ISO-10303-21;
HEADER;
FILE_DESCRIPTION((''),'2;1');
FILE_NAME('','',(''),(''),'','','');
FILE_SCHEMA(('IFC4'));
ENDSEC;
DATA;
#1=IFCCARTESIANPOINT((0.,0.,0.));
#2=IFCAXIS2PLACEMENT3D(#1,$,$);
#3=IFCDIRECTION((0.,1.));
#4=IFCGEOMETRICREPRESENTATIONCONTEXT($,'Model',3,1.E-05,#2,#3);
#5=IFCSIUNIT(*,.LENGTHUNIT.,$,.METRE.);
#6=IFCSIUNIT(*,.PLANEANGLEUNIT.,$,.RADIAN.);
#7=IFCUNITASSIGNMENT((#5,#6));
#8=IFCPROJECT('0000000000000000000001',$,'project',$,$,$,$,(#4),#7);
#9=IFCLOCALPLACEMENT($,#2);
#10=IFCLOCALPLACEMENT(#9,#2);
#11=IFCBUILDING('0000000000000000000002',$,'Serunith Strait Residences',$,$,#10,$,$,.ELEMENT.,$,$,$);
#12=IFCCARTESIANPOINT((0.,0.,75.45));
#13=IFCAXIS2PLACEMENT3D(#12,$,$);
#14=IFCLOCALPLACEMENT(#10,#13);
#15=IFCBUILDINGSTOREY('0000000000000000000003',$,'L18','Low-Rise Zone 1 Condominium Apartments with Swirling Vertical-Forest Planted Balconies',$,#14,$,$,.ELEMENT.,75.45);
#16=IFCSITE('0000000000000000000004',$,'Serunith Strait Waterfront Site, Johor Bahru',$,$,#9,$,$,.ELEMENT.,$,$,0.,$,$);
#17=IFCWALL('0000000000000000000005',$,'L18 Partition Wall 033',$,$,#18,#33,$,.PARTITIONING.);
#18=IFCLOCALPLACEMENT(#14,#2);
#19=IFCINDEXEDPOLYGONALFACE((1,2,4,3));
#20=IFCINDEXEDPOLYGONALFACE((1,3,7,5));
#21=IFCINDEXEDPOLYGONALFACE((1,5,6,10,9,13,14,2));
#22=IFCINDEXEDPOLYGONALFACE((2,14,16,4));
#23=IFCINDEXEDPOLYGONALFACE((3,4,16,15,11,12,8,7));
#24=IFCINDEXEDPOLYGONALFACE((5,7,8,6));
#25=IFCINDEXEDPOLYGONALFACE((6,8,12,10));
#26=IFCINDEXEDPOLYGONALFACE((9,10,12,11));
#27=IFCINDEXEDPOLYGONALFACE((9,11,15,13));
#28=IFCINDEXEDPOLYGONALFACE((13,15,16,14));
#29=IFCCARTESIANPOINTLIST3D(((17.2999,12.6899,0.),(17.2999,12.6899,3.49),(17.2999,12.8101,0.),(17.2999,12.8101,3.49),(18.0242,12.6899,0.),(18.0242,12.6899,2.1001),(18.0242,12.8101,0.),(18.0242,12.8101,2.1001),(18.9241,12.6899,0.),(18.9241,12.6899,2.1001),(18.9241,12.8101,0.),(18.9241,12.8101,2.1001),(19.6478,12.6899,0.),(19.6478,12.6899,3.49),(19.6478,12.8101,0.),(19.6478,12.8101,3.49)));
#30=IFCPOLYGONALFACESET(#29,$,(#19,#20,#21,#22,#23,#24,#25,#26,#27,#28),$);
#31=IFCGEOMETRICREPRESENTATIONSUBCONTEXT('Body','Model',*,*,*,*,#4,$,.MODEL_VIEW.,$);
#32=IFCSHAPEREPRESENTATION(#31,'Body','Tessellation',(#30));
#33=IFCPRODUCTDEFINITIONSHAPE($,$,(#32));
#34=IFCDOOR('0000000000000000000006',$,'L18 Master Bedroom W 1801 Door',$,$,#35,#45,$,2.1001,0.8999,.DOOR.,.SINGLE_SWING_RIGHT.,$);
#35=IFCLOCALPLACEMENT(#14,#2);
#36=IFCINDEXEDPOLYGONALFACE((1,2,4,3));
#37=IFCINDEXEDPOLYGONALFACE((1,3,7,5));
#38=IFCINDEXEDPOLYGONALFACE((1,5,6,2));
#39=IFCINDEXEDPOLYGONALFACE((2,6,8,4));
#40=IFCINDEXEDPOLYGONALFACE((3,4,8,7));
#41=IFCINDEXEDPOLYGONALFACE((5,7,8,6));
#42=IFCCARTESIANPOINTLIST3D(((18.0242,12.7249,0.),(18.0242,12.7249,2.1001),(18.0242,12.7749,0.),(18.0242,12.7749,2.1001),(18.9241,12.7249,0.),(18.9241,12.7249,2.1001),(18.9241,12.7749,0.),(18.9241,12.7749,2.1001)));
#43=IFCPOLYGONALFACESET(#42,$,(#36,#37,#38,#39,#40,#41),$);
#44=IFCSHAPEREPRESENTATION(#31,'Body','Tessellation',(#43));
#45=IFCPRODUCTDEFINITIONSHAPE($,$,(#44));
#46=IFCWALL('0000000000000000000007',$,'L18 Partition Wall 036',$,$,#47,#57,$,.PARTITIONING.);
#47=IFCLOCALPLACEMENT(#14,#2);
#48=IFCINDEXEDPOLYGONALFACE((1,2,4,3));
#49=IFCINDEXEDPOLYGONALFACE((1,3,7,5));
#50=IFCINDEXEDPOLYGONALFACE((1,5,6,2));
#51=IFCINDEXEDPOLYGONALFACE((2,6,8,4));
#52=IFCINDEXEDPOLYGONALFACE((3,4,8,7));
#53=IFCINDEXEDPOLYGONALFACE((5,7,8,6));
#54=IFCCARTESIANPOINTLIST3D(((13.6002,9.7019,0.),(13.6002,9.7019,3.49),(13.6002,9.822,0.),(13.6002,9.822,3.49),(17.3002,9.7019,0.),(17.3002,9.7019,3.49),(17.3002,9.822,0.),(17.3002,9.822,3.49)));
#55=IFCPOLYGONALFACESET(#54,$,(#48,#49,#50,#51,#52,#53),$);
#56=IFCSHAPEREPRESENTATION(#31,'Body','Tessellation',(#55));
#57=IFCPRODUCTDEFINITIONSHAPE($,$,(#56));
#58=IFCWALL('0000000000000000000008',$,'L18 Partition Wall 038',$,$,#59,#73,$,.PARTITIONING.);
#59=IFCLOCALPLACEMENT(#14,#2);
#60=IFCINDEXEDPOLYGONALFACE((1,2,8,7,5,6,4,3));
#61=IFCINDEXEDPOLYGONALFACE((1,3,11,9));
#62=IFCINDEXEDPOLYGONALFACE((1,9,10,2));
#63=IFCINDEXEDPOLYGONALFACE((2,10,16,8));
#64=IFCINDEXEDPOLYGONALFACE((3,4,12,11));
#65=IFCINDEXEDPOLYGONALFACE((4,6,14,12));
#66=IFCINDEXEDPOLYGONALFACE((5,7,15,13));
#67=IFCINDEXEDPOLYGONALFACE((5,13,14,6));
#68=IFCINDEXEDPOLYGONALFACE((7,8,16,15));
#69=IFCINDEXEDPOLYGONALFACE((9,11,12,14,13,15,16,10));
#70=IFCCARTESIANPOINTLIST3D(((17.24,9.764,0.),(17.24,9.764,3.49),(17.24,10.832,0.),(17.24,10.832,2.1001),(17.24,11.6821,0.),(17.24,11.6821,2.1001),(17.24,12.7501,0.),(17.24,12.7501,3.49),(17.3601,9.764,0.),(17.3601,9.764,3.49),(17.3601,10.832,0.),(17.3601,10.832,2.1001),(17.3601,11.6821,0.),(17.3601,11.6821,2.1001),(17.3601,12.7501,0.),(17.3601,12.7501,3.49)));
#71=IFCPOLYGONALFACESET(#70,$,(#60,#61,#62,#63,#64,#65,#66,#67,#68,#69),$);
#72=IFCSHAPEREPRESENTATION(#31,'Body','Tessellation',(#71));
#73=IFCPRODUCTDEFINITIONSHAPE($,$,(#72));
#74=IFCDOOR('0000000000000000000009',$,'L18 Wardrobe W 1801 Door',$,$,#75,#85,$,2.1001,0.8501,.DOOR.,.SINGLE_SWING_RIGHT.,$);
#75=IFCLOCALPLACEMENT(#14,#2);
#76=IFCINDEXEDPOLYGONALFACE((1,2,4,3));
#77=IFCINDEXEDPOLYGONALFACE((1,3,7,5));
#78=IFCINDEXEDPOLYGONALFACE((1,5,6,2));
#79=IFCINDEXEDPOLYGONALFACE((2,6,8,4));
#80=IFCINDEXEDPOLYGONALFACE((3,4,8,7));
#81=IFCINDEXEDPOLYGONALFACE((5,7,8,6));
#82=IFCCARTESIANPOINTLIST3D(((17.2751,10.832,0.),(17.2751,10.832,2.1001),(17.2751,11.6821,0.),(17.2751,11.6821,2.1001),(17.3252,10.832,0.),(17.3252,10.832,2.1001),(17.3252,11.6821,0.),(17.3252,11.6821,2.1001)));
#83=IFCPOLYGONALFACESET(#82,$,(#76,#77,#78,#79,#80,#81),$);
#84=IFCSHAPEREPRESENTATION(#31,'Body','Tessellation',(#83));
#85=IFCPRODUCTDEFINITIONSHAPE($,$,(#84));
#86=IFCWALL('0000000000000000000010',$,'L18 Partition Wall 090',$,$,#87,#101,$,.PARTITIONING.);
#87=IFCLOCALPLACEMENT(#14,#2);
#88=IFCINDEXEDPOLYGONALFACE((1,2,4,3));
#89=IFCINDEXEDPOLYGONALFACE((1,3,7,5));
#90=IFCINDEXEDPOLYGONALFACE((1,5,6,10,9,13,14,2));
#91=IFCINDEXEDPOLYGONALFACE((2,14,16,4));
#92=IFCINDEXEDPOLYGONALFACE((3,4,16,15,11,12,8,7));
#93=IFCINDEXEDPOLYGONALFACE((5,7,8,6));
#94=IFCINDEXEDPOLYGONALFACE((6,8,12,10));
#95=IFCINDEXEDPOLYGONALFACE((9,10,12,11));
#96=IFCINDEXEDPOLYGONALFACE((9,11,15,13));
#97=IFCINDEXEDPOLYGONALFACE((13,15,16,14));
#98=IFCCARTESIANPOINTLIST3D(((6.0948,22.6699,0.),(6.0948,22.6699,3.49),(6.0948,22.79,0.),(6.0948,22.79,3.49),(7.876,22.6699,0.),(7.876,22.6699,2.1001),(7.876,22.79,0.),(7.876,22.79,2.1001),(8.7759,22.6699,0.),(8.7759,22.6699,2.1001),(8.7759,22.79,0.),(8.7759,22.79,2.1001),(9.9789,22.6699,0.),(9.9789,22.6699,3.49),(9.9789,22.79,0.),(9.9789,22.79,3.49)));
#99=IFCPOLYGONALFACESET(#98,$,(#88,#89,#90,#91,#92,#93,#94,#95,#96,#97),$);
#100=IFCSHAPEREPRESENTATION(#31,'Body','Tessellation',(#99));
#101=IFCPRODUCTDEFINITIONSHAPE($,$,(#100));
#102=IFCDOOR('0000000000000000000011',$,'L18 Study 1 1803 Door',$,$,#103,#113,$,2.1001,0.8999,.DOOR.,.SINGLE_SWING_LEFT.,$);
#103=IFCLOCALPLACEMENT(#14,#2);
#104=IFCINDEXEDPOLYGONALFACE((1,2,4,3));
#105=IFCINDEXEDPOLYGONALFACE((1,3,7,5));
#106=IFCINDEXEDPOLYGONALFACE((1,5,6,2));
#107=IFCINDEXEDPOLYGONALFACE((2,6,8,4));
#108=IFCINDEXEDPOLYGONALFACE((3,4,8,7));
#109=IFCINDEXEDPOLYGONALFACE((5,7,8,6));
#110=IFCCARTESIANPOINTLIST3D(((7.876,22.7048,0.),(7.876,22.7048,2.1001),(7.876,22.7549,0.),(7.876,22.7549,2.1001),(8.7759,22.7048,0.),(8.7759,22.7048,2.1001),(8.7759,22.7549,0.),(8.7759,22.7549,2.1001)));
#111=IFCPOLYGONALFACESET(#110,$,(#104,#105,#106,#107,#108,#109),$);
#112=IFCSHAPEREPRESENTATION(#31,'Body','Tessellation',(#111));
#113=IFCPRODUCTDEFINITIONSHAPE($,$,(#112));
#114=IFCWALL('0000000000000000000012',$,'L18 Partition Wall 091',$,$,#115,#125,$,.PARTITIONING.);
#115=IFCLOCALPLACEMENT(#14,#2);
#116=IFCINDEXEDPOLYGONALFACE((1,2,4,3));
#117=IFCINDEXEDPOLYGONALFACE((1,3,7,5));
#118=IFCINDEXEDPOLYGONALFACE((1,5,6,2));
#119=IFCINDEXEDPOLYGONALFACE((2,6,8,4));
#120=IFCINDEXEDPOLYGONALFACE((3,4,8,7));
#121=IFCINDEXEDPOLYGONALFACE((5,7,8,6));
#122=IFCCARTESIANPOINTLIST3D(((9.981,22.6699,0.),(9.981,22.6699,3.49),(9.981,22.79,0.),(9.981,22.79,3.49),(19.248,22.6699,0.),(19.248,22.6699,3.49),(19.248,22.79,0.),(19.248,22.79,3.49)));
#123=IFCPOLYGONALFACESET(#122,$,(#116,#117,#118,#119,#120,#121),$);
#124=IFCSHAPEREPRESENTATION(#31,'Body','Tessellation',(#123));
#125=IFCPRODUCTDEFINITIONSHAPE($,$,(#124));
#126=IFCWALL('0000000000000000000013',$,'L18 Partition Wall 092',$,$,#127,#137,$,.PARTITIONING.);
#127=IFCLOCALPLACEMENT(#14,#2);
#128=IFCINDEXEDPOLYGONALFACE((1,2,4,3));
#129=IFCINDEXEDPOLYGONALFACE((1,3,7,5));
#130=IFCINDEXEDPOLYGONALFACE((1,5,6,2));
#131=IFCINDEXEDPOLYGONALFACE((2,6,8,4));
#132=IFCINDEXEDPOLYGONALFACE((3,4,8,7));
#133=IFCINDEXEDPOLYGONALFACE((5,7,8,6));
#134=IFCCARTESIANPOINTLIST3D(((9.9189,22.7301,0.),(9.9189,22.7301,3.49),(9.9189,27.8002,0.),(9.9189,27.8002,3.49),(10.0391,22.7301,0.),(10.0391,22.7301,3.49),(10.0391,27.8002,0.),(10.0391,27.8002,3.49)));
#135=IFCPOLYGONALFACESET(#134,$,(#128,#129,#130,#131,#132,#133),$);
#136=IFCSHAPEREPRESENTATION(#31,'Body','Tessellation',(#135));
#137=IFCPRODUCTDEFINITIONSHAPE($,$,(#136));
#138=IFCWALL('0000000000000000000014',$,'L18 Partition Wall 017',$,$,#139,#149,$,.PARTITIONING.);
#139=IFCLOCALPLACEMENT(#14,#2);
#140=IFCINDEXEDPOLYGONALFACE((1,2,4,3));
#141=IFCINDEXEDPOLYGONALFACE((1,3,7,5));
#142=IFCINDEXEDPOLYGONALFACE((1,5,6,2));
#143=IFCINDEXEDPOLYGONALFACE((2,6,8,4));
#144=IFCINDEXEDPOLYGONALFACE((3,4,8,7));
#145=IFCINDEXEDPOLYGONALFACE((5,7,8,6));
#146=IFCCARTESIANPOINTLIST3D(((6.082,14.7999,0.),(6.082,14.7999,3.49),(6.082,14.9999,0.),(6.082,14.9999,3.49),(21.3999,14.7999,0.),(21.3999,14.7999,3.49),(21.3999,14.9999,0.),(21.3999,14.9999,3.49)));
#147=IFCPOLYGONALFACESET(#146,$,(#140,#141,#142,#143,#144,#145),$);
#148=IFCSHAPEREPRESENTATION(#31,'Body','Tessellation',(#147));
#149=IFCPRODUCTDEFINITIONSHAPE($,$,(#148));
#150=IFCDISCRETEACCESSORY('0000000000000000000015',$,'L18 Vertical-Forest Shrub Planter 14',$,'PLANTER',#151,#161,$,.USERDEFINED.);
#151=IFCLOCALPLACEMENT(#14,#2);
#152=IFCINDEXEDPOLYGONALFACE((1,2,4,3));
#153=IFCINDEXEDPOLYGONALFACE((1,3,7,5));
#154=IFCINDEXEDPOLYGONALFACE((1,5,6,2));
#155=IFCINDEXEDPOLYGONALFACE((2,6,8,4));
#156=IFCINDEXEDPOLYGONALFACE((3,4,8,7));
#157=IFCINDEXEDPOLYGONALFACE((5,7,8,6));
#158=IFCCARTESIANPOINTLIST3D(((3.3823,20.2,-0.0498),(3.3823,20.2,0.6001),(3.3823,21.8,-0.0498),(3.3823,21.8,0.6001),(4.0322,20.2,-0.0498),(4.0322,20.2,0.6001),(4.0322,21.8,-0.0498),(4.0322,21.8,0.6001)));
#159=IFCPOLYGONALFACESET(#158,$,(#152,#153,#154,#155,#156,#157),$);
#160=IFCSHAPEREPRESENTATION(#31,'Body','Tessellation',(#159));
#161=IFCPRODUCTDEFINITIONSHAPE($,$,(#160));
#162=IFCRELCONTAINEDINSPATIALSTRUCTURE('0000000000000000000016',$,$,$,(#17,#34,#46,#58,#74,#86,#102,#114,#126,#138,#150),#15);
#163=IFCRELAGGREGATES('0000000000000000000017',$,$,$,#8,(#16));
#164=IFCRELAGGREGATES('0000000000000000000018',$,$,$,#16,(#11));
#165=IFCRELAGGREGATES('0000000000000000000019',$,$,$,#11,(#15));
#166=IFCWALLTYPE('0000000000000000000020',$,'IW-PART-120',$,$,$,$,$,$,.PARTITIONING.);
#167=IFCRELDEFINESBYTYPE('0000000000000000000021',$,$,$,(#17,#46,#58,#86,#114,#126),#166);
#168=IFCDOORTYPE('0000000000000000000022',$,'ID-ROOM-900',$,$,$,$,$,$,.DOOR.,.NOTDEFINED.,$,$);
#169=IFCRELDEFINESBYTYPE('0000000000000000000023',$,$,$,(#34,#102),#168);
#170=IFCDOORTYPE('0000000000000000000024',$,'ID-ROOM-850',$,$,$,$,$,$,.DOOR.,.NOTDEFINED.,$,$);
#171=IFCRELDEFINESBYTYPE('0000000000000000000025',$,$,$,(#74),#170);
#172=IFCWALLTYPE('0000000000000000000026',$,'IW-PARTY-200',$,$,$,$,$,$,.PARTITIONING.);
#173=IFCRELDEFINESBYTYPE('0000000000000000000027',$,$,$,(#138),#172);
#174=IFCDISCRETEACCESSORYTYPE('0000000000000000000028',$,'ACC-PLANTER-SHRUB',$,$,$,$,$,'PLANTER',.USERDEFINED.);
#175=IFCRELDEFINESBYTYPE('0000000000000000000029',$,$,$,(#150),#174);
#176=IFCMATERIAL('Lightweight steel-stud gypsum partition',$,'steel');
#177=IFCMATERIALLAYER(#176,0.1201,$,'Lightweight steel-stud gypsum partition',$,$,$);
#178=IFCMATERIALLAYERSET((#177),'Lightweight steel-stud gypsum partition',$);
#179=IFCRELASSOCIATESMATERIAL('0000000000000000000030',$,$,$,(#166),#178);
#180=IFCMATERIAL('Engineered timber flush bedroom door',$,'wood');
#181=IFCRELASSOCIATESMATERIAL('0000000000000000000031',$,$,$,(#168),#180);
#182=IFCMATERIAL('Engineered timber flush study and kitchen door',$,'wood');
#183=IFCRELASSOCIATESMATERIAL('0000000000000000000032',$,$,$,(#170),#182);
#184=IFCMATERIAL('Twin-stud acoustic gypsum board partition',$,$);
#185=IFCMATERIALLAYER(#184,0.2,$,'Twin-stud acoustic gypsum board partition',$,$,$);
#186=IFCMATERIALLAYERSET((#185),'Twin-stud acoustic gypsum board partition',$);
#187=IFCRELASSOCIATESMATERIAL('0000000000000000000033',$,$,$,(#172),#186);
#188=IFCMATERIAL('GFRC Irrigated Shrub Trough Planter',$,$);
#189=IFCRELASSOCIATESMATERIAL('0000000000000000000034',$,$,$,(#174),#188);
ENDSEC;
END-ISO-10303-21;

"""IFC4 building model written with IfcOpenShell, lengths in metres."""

from ifc_helpers import new_model, si_unit, direction, frame, frame_2d, origin, origin_2d, place, context, subcontext, project, spatial, rectangle, extrude, source, transform, mapped, material, layer, layer_set, type_object, element, fill, save


model = new_model("IFC4")

# Units and contexts
model_context = context("Model", 3, precision=1e-05, world=origin(), true_north=direction((0.0, 1.0)))
body_context = subcontext(model_context, "Body", "Model", "MODEL_VIEW")
ifc_project = project(units=[si_unit("LENGTHUNIT", "METRE"), si_unit("PLANEANGLEUNIT", "RADIAN")], contexts=[model_context])

# Site, building, storey
site_placement = place(None, origin())
site = spatial("IfcSite", under=ifc_project, at=site_placement, Name="Serunith Strait Waterfront Site, Johor Bahru", CompositionType="ELEMENT", RefElevation=0.0)
building_placement = place(site_placement, origin())
building = spatial("IfcBuilding", under=site, at=building_placement, Name="Serunith Strait Residences", CompositionType="ELEMENT")
storey_placement = place(building_placement, frame((0.0, 0.0, 75.45)))
storey = spatial("IfcBuildingStorey", under=building, at=storey_placement, Name="L18", Description="Low-Rise Zone 1 Condominium Apartments with Swirling Vertical-Forest Planted Balconies", CompositionType="ELEMENT", Elevation=75.45)

# Wall, opening, door
ifc_material_1 = material(Name="Lightweight steel-stud gypsum partition", Category="steel")
ifc_layer_1 = layer(ifc_material_1, 0.1201, Name="Lightweight steel-stud gypsum partition")
ifc_layer_set_1 = layer_set([ifc_layer_1], Name="Lightweight steel-stud gypsum partition")
wall_type_1 = type_object("IfcWallType", Name="IW-PART-120", PredefinedType="PARTITIONING", material=ifc_layer_set_1)
wall_1_placement = place(storey_placement, frame((17.3, 12.75, 0.0), z_axis=(0.0, 0.0, 1.0), x_axis=(1.0, 0.0, 0.0)))
wall_1 = element("IfcWall", 1, at=wall_1_placement, inside=storey, type_object=wall_type_1, Name="L18 Partition Wall 033", PredefinedType="PARTITIONING", context=body_context, shape_type="SweptSolid", body=[
    extrude(rectangle(XDim=2.3479, YDim=0.1201, at=frame_2d((1.1738, 0.0))), origin(), (0.0, 0.0, 1.0), 3.49),
])
opening_1_placement = place(wall_1_placement, frame((0.7241, 0.0, 0.0)))
opening_1 = element("IfcOpeningElement", 2, at=opening_1_placement, cuts=wall_1, PredefinedType="OPENING", context=body_context, shape_type="SweptSolid", body=[
    extrude(rectangle(XDim=0.8999, YDim=2.1001, at=frame_2d((0.45, 1.05))), frame((0.0, 0.0701, 0.0), z_axis=(0.0, -1.0, 0.0), x_axis=(1.0, 0.0, 0.0)), (0.0, 0.0, 1.0), 0.1401),
])
ifc_material_2 = material(Name="Engineered timber flush bedroom door", Category="wood")
door_type_1 = type_object("IfcDoorType", Name="ID-ROOM-900", OperationType="NOTDEFINED", PredefinedType="DOOR", material=ifc_material_2)
shared_shape_1 = source(origin(), body_context, "Body", "SweptSolid", [
    extrude(rectangle(XDim=0.8999, YDim=2.1001, at=frame_2d((0.45, 1.05))), frame((0.0, 0.0249, 0.0), z_axis=(0.0, -1.0, 0.0), x_axis=(1.0, 0.0, 0.0)), (0.0, 0.0, 1.0), 0.05),
])
door_1_placement = place(opening_1_placement, origin())
door_1 = element("IfcDoor", 3, at=door_1_placement, inside=storey, type_object=door_type_1, Name="L18 Master Bedroom W 1801 Door", OperationType="SINGLE_SWING_RIGHT", OverallHeight=2.1001, OverallWidth=0.8999, PredefinedType="DOOR", context=body_context, shape_type="MappedRepresentation", body=[
    mapped(shared_shape_1, transform((0.0, 0.0, 0.0), scale=1.0)),
])
fill(opening_1, door_1)

# Wall
wall_2_placement = place(storey_placement, frame((13.6001, 9.762, 0.0), z_axis=(0.0, 0.0, 1.0), x_axis=(1.0, 0.0, 0.0)))
element("IfcWall", 4, at=wall_2_placement, inside=storey, type_object=wall_type_1, Name="L18 Partition Wall 036", PredefinedType="PARTITIONING", context=body_context, shape_type="SweptSolid", body=[
    extrude(rectangle(XDim=3.7, YDim=0.1201, at=frame_2d((1.8501, 0.0))), origin(), (0.0, 0.0, 1.0), 3.49),
])

# Walls, openings, doors
wall_3_placement = place(storey_placement, frame((17.3, 9.7639, 0.0), z_axis=(0.0, 0.0, 1.0), x_axis=(0.0, 1.0, 0.0)))
wall_3 = element("IfcWall", 5, at=wall_3_placement, inside=storey, type_object=wall_type_1, Name="L18 Partition Wall 038", PredefinedType="PARTITIONING", context=body_context, shape_type="SweptSolid", body=[
    extrude(rectangle(XDim=2.9861, YDim=0.1201, at=frame_2d((1.4932, 0.0))), origin(), (0.0, 0.0, 1.0), 3.49),
])
opening_2_placement = place(wall_3_placement, frame((1.0681, 0.0, 0.0)))
opening_2 = element("IfcOpeningElement", 6, at=opening_2_placement, cuts=wall_3, PredefinedType="OPENING", context=body_context, shape_type="SweptSolid", body=[
    extrude(rectangle(XDim=0.8501, YDim=2.1001, at=frame_2d((0.425, 1.05))), frame((0.0, 0.0701, 0.0), z_axis=(0.0, -1.0, 0.0), x_axis=(1.0, 0.0, 0.0)), (0.0, 0.0, 1.0), 0.1401),
])
ifc_material_3 = material(Name="Engineered timber flush study and kitchen door", Category="wood")
door_type_2 = type_object("IfcDoorType", Name="ID-ROOM-850", OperationType="NOTDEFINED", PredefinedType="DOOR", material=ifc_material_3)
shared_shape_2 = source(origin(), body_context, "Body", "SweptSolid", [
    extrude(rectangle(XDim=0.8501, YDim=2.1001, at=frame_2d((0.425, 1.05))), frame((0.0, 0.0249, 0.0), z_axis=(0.0, -1.0, 0.0), x_axis=(1.0, 0.0, 0.0)), (0.0, 0.0, 1.0), 0.05),
])
door_2_placement = place(opening_2_placement, origin())
door_2 = element("IfcDoor", 7, at=door_2_placement, inside=storey, type_object=door_type_2, Name="L18 Wardrobe W 1801 Door", OperationType="SINGLE_SWING_RIGHT", OverallHeight=2.1001, OverallWidth=0.8501, PredefinedType="DOOR", context=body_context, shape_type="MappedRepresentation", body=[
    mapped(shared_shape_2, transform((0.0, 0.0, 0.0), scale=1.0)),
])
fill(opening_2, door_2)
wall_4_placement = place(storey_placement, frame((6.095, 22.73, 0.0), z_axis=(0.0, 0.0, 1.0), x_axis=(1.0, 0.0, 0.0)))
wall_4 = element("IfcWall", 8, at=wall_4_placement, inside=storey, type_object=wall_type_1, Name="L18 Partition Wall 090", PredefinedType="PARTITIONING", context=body_context, shape_type="SweptSolid", body=[
    extrude(rectangle(XDim=3.884, YDim=0.1201, at=frame_2d((1.9419, 0.0))), origin(), (0.0, 0.0, 1.0), 3.49),
])
opening_3_placement = place(wall_4_placement, frame((1.781, 0.0, 0.0)))
opening_3 = element("IfcOpeningElement", 9, at=opening_3_placement, cuts=wall_4, PredefinedType="OPENING", context=body_context, shape_type="SweptSolid", body=[
    extrude(rectangle(XDim=0.8999, YDim=2.1001, at=frame_2d((0.45, 1.05))), frame((0.0, 0.0701, 0.0), z_axis=(0.0, -1.0, 0.0), x_axis=(1.0, 0.0, 0.0)), (0.0, 0.0, 1.0), 0.1401),
])
door_3_placement = place(opening_3_placement, origin())
door_3 = element("IfcDoor", 10, at=door_3_placement, inside=storey, type_object=door_type_1, Name="L18 Study 1 1803 Door", OperationType="SINGLE_SWING_LEFT", OverallHeight=2.1001, OverallWidth=0.8999, PredefinedType="DOOR", context=body_context, shape_type="MappedRepresentation", body=[
    mapped(shared_shape_1, transform((0.0, 0.0, 0.0), scale=1.0)),
])
fill(opening_3, door_3)

# Walls
wall_5_placement = place(storey_placement, frame((9.981, 22.73, 0.0), z_axis=(0.0, 0.0, 1.0), x_axis=(1.0, 0.0, 0.0)))
element("IfcWall", 11, at=wall_5_placement, inside=storey, type_object=wall_type_1, Name="L18 Partition Wall 091", PredefinedType="PARTITIONING", context=body_context, shape_type="SweptSolid", body=[
    extrude(rectangle(XDim=9.2671, YDim=0.1201, at=frame_2d((4.6335, 0.0))), origin(), (0.0, 0.0, 1.0), 3.49),
])
wall_6_placement = place(storey_placement, frame((9.979, 22.73, 0.0), z_axis=(0.0, 0.0, 1.0), x_axis=(0.0, 1.0, 0.0)))
element("IfcWall", 12, at=wall_6_placement, inside=storey, type_object=wall_type_1, Name="L18 Partition Wall 092", PredefinedType="PARTITIONING", context=body_context, shape_type="SweptSolid", body=[
    extrude(rectangle(XDim=5.0701, YDim=0.1201, at=frame_2d((2.5352, 0.0))), origin(), (0.0, 0.0, 1.0), 3.49),
])
ifc_material_4 = material(Name="Twin-stud acoustic gypsum board partition")
ifc_layer_2 = layer(ifc_material_4, 0.2, Name="Twin-stud acoustic gypsum board partition")
ifc_layer_set_2 = layer_set([ifc_layer_2], Name="Twin-stud acoustic gypsum board partition")
wall_type_2 = type_object("IfcWallType", Name="IW-PARTY-200", PredefinedType="PARTITIONING", material=ifc_layer_set_2)
wall_7_placement = place(storey_placement, frame((6.082, 14.8999, 0.0), z_axis=(0.0, 0.0, 1.0), x_axis=(1.0, 0.0, 0.0)))
element("IfcWall", 13, at=wall_7_placement, inside=storey, type_object=wall_type_2, Name="L18 Partition Wall 017", PredefinedType="PARTITIONING", context=body_context, shape_type="SweptSolid", body=[
    extrude(rectangle(XDim=15.3179, YDim=0.2, at=frame_2d((7.6589, 0.0))), origin(), (0.0, 0.0, 1.0), 3.49),
])

# Discrete accessory
ifc_material_5 = material(Name="GFRC Irrigated Shrub Trough Planter")
discrete_accessory_type = type_object("IfcDiscreteAccessoryType", Name="ACC-PLANTER-SHRUB", ElementType="PLANTER", PredefinedType="USERDEFINED", material=ifc_material_5)
shared_shape_3 = source(origin(), body_context, "Body", "SweptSolid", [
    extrude(rectangle(XDim=1.6001, YDim=0.6499, at=origin_2d()), origin(), (0.0, 0.0, 1.0), 0.6499),
])
discrete_accessory_placement = place(storey_placement, frame((3.7073, 21.0, -0.0498), z_axis=(0.0, 0.0, 1.0), x_axis=(0.0, -1.0, 0.0)))
element("IfcDiscreteAccessory", 14, at=discrete_accessory_placement, inside=storey, type_object=discrete_accessory_type, Name="L18 Vertical-Forest Shrub Planter 14", ObjectType="PLANTER", PredefinedType="USERDEFINED", context=body_context, shape_type="MappedRepresentation", body=[
    mapped(shared_shape_3, transform((0.0, 0.0, 0.0), scale=1.0)),
])

save(model, "model.ifc")
